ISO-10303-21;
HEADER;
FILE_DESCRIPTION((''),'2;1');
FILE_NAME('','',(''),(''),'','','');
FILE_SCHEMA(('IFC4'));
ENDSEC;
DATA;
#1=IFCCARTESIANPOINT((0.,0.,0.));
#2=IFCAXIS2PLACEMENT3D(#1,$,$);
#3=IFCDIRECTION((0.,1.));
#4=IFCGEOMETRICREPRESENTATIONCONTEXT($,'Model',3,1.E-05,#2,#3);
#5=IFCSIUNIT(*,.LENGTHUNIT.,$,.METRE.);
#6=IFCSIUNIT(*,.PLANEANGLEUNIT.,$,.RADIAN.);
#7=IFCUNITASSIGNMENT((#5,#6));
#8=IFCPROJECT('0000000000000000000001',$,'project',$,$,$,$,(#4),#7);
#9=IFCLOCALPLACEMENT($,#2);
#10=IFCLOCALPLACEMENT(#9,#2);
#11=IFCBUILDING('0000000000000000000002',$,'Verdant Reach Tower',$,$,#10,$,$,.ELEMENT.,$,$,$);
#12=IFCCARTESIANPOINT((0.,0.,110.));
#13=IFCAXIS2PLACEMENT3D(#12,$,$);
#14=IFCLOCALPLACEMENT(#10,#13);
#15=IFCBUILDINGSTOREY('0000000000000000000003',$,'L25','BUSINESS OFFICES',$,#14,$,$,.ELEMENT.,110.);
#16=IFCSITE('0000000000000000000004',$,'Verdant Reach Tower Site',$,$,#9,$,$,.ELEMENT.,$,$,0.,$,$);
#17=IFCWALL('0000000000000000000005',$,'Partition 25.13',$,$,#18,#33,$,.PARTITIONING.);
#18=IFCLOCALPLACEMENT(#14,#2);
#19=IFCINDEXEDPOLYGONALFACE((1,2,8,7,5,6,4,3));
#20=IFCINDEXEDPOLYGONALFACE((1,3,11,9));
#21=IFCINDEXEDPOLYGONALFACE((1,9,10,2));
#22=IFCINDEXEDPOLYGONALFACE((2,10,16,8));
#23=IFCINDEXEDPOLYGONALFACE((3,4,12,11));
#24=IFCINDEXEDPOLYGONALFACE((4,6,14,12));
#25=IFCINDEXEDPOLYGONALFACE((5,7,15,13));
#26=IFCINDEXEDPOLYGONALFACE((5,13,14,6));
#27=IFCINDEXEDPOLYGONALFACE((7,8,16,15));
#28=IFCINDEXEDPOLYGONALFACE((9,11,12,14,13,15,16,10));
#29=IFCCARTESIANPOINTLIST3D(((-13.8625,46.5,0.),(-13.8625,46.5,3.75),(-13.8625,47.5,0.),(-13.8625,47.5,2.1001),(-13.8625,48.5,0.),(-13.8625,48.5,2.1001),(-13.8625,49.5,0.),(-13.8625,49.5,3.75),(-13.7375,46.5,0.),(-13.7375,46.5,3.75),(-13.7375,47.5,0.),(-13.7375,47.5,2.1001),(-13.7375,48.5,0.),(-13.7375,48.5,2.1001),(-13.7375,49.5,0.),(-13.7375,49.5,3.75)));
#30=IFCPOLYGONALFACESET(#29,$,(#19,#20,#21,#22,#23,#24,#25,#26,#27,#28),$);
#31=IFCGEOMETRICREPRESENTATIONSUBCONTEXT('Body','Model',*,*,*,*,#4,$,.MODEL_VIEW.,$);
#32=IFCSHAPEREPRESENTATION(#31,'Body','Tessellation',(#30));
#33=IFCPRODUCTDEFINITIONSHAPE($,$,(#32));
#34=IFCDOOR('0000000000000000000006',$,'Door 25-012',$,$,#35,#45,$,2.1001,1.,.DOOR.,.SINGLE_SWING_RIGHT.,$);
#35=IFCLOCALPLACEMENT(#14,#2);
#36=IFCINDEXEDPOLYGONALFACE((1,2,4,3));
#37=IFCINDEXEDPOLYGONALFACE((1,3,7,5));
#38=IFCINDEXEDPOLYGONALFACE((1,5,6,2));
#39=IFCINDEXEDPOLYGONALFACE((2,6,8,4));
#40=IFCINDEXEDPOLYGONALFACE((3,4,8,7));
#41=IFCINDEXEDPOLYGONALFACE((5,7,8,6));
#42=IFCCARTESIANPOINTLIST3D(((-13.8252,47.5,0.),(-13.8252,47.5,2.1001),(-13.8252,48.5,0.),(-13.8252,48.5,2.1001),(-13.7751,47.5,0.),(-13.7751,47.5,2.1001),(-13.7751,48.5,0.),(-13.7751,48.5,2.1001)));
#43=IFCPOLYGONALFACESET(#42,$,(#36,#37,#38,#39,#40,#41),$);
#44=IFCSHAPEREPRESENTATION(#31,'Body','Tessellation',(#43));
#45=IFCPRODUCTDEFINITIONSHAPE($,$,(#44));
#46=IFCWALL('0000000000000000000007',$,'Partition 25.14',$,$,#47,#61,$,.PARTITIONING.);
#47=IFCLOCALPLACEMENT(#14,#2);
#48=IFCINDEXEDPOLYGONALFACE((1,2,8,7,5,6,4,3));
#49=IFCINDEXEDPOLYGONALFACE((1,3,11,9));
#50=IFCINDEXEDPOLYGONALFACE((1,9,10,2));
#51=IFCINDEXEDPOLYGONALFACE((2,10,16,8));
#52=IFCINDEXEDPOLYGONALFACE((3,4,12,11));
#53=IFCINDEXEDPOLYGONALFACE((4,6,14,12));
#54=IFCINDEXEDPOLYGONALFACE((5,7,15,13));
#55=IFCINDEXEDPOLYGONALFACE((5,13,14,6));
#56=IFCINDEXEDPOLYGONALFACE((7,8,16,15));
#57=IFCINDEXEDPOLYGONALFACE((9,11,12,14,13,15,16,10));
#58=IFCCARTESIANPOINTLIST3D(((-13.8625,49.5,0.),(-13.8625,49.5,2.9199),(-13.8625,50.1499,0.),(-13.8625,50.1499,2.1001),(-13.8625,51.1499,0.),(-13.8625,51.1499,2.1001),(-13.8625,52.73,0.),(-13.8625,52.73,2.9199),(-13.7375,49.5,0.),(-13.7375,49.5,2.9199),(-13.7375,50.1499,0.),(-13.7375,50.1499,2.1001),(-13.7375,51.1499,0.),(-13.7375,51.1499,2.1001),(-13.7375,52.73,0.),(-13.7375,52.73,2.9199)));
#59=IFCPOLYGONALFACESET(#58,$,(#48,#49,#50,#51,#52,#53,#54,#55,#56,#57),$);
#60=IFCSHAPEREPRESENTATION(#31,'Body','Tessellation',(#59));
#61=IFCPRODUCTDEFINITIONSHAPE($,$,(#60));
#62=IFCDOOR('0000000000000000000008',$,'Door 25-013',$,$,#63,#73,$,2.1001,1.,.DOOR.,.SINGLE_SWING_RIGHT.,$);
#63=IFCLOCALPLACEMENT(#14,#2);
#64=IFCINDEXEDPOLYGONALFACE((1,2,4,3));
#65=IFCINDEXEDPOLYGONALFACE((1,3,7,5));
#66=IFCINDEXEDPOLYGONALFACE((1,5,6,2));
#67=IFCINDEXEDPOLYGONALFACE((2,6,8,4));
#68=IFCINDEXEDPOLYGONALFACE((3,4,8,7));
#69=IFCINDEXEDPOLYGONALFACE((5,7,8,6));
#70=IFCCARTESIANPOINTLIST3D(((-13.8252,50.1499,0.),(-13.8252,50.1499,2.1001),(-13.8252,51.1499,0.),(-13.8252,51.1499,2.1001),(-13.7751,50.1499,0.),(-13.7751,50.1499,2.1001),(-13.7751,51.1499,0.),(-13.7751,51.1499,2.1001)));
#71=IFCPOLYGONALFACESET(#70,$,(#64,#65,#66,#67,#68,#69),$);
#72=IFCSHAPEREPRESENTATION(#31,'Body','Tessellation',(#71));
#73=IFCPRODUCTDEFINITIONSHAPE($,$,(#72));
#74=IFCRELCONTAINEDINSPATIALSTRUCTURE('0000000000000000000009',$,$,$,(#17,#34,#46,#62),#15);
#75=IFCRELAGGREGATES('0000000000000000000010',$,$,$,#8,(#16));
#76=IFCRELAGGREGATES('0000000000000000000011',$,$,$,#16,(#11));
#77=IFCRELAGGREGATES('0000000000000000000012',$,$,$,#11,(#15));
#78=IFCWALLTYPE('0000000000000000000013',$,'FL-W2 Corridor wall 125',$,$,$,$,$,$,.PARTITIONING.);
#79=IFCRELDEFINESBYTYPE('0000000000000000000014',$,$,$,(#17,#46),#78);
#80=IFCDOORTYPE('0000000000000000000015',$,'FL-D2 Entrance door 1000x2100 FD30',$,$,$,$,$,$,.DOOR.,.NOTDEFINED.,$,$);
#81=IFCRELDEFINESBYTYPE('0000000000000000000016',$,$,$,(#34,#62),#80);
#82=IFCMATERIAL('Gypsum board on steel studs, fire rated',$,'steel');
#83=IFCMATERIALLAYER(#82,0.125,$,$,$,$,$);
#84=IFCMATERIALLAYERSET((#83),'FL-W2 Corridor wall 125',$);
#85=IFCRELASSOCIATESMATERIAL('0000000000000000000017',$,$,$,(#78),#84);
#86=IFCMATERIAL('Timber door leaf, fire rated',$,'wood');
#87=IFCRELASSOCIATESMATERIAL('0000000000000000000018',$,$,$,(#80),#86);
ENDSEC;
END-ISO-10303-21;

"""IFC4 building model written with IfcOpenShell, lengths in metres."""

from ifc_helpers import new_model, si_unit, direction, frame, frame_2d, origin, place, context, subcontext, project, spatial, rectangle, extrude, material, layer, layer_set, type_object, element, fill, save


model = new_model("IFC4")

# Units and contexts
model_context = context("Model", 3, precision=1e-05, world=origin(), true_north=direction((0.0, 1.0)))
body_context = subcontext(model_context, "Body", "Model", "MODEL_VIEW")
ifc_project = project(units=[si_unit("LENGTHUNIT", "METRE"), si_unit("PLANEANGLEUNIT", "RADIAN")], contexts=[model_context])

# Site, building, storey
site_placement = place(None, origin())
site = spatial("IfcSite", under=ifc_project, at=site_placement, Name="Verdant Reach Tower Site", CompositionType="ELEMENT", RefElevation=0.0)
building_placement = place(site_placement, origin())
building = spatial("IfcBuilding", under=site, at=building_placement, Name="Verdant Reach Tower", CompositionType="ELEMENT")
storey_placement = place(building_placement, frame((0.0, 0.0, 110.0)))
storey = spatial("IfcBuildingStorey", under=building, at=storey_placement, Name="L25", Description="BUSINESS OFFICES", CompositionType="ELEMENT", Elevation=110.0)

# Walls, openings, doors
ifc_material_1 = material(Name="Gypsum board on steel studs, fire rated", Category="steel")
ifc_layer_1 = layer(ifc_material_1, 0.125)
ifc_layer_set_1 = layer_set([ifc_layer_1], Name="FL-W2 Corridor wall 125")
wall_type_1 = type_object("IfcWallType", Name="FL-W2 Corridor wall 125", PredefinedType="PARTITIONING", material=ifc_layer_set_1)
ifc_material_2 = material(Name="Timber door leaf, fire rated", Category="wood")
door_type = type_object("IfcDoorType", Name="FL-D2 Entrance door 1000x2100 FD30", OperationType="NOTDEFINED", PredefinedType="DOOR", material=ifc_material_2)
wall_1_placement = place(storey_placement, frame((-13.8, 49.5, 0.0), z_axis=(0.0, 0.0, 1.0), x_axis=(0.0, -1.0, 0.0)))
wall_1 = element("IfcWall", 1, at=wall_1_placement, inside=storey, type_object=wall_type_1, Name="Partition 25.13", PredefinedType="PARTITIONING", context=body_context, shape_type="SweptSolid", body=[
    extrude(rectangle(XDim=3.0, YDim=0.125, at=frame_2d((1.5, 0.0))), origin(), (0.0, 0.0, 1.0), 3.75),
])
opening_1_placement = place(wall_1_placement, frame((1.0, 0.0, 0.0)))
opening_1 = element("IfcOpeningElement", 2, at=opening_1_placement, cuts=wall_1, PredefinedType="OPENING", context=body_context, shape_type="SweptSolid", body=[
    extrude(rectangle(XDim=1.0, YDim=2.1001, at=frame_2d((0.5, 1.05))), frame((0.0, 0.0725, 0.0), z_axis=(0.0, -1.0, 0.0), x_axis=(1.0, 0.0, 0.0)), (0.0, 0.0, 1.0), 0.145),
])
door_1_placement = place(opening_1_placement, origin())
door_1 = element("IfcDoor", 3, at=door_1_placement, inside=storey, type_object=door_type, Name="Door 25-012", OperationType="SINGLE_SWING_RIGHT", OverallHeight=2.1001, OverallWidth=1.0, PredefinedType="DOOR", context=body_context, shape_type="SweptSolid", body=[
    extrude(rectangle(XDim=1.0, YDim=2.1001, at=frame_2d((0.5, 1.05))), frame((0.0, 0.0249, 0.0), z_axis=(0.0, -1.0, 0.0), x_axis=(1.0, 0.0, 0.0)), (0.0, 0.0, 1.0), 0.05),
])
fill(opening_1, door_1)
wall_2_placement = place(storey_placement, frame((-13.8, 52.73, 0.0), z_axis=(0.0, 0.0, 1.0), x_axis=(0.0, -1.0, 0.0)))
wall_2 = element("IfcWall", 4, at=wall_2_placement, inside=storey, type_object=wall_type_1, Name="Partition 25.14", PredefinedType="PARTITIONING", context=body_context, shape_type="SweptSolid", body=[
    extrude(rectangle(XDim=3.23, YDim=0.125, at=frame_2d((1.615, 0.0))), origin(), (0.0, 0.0, 1.0), 2.9199),
])
opening_2_placement = place(wall_2_placement, frame((1.5801, 0.0, 0.0)))
opening_2 = element("IfcOpeningElement", 5, at=opening_2_placement, cuts=wall_2, PredefinedType="OPENING", context=body_context, shape_type="SweptSolid", body=[
    extrude(rectangle(XDim=1.0, YDim=2.1001, at=frame_2d((0.5, 1.05))), frame((0.0, 0.0725, 0.0), z_axis=(0.0, -1.0, 0.0), x_axis=(1.0, 0.0, 0.0)), (0.0, 0.0, 1.0), 0.145),
])
door_2_placement = place(opening_2_placement, origin())
door_2 = element("IfcDoor", 6, at=door_2_placement, inside=storey, type_object=door_type, Name="Door 25-013", OperationType="SINGLE_SWING_RIGHT", OverallHeight=2.1001, OverallWidth=1.0, PredefinedType="DOOR", context=body_context, shape_type="SweptSolid", body=[
    extrude(rectangle(XDim=1.0, YDim=2.1001, at=frame_2d((0.5, 1.05))), frame((0.0, 0.0249, 0.0), z_axis=(0.0, -1.0, 0.0), x_axis=(1.0, 0.0, 0.0)), (0.0, 0.0, 1.0), 0.05),
])
fill(opening_2, door_2)

save(model, "model.ifc")
